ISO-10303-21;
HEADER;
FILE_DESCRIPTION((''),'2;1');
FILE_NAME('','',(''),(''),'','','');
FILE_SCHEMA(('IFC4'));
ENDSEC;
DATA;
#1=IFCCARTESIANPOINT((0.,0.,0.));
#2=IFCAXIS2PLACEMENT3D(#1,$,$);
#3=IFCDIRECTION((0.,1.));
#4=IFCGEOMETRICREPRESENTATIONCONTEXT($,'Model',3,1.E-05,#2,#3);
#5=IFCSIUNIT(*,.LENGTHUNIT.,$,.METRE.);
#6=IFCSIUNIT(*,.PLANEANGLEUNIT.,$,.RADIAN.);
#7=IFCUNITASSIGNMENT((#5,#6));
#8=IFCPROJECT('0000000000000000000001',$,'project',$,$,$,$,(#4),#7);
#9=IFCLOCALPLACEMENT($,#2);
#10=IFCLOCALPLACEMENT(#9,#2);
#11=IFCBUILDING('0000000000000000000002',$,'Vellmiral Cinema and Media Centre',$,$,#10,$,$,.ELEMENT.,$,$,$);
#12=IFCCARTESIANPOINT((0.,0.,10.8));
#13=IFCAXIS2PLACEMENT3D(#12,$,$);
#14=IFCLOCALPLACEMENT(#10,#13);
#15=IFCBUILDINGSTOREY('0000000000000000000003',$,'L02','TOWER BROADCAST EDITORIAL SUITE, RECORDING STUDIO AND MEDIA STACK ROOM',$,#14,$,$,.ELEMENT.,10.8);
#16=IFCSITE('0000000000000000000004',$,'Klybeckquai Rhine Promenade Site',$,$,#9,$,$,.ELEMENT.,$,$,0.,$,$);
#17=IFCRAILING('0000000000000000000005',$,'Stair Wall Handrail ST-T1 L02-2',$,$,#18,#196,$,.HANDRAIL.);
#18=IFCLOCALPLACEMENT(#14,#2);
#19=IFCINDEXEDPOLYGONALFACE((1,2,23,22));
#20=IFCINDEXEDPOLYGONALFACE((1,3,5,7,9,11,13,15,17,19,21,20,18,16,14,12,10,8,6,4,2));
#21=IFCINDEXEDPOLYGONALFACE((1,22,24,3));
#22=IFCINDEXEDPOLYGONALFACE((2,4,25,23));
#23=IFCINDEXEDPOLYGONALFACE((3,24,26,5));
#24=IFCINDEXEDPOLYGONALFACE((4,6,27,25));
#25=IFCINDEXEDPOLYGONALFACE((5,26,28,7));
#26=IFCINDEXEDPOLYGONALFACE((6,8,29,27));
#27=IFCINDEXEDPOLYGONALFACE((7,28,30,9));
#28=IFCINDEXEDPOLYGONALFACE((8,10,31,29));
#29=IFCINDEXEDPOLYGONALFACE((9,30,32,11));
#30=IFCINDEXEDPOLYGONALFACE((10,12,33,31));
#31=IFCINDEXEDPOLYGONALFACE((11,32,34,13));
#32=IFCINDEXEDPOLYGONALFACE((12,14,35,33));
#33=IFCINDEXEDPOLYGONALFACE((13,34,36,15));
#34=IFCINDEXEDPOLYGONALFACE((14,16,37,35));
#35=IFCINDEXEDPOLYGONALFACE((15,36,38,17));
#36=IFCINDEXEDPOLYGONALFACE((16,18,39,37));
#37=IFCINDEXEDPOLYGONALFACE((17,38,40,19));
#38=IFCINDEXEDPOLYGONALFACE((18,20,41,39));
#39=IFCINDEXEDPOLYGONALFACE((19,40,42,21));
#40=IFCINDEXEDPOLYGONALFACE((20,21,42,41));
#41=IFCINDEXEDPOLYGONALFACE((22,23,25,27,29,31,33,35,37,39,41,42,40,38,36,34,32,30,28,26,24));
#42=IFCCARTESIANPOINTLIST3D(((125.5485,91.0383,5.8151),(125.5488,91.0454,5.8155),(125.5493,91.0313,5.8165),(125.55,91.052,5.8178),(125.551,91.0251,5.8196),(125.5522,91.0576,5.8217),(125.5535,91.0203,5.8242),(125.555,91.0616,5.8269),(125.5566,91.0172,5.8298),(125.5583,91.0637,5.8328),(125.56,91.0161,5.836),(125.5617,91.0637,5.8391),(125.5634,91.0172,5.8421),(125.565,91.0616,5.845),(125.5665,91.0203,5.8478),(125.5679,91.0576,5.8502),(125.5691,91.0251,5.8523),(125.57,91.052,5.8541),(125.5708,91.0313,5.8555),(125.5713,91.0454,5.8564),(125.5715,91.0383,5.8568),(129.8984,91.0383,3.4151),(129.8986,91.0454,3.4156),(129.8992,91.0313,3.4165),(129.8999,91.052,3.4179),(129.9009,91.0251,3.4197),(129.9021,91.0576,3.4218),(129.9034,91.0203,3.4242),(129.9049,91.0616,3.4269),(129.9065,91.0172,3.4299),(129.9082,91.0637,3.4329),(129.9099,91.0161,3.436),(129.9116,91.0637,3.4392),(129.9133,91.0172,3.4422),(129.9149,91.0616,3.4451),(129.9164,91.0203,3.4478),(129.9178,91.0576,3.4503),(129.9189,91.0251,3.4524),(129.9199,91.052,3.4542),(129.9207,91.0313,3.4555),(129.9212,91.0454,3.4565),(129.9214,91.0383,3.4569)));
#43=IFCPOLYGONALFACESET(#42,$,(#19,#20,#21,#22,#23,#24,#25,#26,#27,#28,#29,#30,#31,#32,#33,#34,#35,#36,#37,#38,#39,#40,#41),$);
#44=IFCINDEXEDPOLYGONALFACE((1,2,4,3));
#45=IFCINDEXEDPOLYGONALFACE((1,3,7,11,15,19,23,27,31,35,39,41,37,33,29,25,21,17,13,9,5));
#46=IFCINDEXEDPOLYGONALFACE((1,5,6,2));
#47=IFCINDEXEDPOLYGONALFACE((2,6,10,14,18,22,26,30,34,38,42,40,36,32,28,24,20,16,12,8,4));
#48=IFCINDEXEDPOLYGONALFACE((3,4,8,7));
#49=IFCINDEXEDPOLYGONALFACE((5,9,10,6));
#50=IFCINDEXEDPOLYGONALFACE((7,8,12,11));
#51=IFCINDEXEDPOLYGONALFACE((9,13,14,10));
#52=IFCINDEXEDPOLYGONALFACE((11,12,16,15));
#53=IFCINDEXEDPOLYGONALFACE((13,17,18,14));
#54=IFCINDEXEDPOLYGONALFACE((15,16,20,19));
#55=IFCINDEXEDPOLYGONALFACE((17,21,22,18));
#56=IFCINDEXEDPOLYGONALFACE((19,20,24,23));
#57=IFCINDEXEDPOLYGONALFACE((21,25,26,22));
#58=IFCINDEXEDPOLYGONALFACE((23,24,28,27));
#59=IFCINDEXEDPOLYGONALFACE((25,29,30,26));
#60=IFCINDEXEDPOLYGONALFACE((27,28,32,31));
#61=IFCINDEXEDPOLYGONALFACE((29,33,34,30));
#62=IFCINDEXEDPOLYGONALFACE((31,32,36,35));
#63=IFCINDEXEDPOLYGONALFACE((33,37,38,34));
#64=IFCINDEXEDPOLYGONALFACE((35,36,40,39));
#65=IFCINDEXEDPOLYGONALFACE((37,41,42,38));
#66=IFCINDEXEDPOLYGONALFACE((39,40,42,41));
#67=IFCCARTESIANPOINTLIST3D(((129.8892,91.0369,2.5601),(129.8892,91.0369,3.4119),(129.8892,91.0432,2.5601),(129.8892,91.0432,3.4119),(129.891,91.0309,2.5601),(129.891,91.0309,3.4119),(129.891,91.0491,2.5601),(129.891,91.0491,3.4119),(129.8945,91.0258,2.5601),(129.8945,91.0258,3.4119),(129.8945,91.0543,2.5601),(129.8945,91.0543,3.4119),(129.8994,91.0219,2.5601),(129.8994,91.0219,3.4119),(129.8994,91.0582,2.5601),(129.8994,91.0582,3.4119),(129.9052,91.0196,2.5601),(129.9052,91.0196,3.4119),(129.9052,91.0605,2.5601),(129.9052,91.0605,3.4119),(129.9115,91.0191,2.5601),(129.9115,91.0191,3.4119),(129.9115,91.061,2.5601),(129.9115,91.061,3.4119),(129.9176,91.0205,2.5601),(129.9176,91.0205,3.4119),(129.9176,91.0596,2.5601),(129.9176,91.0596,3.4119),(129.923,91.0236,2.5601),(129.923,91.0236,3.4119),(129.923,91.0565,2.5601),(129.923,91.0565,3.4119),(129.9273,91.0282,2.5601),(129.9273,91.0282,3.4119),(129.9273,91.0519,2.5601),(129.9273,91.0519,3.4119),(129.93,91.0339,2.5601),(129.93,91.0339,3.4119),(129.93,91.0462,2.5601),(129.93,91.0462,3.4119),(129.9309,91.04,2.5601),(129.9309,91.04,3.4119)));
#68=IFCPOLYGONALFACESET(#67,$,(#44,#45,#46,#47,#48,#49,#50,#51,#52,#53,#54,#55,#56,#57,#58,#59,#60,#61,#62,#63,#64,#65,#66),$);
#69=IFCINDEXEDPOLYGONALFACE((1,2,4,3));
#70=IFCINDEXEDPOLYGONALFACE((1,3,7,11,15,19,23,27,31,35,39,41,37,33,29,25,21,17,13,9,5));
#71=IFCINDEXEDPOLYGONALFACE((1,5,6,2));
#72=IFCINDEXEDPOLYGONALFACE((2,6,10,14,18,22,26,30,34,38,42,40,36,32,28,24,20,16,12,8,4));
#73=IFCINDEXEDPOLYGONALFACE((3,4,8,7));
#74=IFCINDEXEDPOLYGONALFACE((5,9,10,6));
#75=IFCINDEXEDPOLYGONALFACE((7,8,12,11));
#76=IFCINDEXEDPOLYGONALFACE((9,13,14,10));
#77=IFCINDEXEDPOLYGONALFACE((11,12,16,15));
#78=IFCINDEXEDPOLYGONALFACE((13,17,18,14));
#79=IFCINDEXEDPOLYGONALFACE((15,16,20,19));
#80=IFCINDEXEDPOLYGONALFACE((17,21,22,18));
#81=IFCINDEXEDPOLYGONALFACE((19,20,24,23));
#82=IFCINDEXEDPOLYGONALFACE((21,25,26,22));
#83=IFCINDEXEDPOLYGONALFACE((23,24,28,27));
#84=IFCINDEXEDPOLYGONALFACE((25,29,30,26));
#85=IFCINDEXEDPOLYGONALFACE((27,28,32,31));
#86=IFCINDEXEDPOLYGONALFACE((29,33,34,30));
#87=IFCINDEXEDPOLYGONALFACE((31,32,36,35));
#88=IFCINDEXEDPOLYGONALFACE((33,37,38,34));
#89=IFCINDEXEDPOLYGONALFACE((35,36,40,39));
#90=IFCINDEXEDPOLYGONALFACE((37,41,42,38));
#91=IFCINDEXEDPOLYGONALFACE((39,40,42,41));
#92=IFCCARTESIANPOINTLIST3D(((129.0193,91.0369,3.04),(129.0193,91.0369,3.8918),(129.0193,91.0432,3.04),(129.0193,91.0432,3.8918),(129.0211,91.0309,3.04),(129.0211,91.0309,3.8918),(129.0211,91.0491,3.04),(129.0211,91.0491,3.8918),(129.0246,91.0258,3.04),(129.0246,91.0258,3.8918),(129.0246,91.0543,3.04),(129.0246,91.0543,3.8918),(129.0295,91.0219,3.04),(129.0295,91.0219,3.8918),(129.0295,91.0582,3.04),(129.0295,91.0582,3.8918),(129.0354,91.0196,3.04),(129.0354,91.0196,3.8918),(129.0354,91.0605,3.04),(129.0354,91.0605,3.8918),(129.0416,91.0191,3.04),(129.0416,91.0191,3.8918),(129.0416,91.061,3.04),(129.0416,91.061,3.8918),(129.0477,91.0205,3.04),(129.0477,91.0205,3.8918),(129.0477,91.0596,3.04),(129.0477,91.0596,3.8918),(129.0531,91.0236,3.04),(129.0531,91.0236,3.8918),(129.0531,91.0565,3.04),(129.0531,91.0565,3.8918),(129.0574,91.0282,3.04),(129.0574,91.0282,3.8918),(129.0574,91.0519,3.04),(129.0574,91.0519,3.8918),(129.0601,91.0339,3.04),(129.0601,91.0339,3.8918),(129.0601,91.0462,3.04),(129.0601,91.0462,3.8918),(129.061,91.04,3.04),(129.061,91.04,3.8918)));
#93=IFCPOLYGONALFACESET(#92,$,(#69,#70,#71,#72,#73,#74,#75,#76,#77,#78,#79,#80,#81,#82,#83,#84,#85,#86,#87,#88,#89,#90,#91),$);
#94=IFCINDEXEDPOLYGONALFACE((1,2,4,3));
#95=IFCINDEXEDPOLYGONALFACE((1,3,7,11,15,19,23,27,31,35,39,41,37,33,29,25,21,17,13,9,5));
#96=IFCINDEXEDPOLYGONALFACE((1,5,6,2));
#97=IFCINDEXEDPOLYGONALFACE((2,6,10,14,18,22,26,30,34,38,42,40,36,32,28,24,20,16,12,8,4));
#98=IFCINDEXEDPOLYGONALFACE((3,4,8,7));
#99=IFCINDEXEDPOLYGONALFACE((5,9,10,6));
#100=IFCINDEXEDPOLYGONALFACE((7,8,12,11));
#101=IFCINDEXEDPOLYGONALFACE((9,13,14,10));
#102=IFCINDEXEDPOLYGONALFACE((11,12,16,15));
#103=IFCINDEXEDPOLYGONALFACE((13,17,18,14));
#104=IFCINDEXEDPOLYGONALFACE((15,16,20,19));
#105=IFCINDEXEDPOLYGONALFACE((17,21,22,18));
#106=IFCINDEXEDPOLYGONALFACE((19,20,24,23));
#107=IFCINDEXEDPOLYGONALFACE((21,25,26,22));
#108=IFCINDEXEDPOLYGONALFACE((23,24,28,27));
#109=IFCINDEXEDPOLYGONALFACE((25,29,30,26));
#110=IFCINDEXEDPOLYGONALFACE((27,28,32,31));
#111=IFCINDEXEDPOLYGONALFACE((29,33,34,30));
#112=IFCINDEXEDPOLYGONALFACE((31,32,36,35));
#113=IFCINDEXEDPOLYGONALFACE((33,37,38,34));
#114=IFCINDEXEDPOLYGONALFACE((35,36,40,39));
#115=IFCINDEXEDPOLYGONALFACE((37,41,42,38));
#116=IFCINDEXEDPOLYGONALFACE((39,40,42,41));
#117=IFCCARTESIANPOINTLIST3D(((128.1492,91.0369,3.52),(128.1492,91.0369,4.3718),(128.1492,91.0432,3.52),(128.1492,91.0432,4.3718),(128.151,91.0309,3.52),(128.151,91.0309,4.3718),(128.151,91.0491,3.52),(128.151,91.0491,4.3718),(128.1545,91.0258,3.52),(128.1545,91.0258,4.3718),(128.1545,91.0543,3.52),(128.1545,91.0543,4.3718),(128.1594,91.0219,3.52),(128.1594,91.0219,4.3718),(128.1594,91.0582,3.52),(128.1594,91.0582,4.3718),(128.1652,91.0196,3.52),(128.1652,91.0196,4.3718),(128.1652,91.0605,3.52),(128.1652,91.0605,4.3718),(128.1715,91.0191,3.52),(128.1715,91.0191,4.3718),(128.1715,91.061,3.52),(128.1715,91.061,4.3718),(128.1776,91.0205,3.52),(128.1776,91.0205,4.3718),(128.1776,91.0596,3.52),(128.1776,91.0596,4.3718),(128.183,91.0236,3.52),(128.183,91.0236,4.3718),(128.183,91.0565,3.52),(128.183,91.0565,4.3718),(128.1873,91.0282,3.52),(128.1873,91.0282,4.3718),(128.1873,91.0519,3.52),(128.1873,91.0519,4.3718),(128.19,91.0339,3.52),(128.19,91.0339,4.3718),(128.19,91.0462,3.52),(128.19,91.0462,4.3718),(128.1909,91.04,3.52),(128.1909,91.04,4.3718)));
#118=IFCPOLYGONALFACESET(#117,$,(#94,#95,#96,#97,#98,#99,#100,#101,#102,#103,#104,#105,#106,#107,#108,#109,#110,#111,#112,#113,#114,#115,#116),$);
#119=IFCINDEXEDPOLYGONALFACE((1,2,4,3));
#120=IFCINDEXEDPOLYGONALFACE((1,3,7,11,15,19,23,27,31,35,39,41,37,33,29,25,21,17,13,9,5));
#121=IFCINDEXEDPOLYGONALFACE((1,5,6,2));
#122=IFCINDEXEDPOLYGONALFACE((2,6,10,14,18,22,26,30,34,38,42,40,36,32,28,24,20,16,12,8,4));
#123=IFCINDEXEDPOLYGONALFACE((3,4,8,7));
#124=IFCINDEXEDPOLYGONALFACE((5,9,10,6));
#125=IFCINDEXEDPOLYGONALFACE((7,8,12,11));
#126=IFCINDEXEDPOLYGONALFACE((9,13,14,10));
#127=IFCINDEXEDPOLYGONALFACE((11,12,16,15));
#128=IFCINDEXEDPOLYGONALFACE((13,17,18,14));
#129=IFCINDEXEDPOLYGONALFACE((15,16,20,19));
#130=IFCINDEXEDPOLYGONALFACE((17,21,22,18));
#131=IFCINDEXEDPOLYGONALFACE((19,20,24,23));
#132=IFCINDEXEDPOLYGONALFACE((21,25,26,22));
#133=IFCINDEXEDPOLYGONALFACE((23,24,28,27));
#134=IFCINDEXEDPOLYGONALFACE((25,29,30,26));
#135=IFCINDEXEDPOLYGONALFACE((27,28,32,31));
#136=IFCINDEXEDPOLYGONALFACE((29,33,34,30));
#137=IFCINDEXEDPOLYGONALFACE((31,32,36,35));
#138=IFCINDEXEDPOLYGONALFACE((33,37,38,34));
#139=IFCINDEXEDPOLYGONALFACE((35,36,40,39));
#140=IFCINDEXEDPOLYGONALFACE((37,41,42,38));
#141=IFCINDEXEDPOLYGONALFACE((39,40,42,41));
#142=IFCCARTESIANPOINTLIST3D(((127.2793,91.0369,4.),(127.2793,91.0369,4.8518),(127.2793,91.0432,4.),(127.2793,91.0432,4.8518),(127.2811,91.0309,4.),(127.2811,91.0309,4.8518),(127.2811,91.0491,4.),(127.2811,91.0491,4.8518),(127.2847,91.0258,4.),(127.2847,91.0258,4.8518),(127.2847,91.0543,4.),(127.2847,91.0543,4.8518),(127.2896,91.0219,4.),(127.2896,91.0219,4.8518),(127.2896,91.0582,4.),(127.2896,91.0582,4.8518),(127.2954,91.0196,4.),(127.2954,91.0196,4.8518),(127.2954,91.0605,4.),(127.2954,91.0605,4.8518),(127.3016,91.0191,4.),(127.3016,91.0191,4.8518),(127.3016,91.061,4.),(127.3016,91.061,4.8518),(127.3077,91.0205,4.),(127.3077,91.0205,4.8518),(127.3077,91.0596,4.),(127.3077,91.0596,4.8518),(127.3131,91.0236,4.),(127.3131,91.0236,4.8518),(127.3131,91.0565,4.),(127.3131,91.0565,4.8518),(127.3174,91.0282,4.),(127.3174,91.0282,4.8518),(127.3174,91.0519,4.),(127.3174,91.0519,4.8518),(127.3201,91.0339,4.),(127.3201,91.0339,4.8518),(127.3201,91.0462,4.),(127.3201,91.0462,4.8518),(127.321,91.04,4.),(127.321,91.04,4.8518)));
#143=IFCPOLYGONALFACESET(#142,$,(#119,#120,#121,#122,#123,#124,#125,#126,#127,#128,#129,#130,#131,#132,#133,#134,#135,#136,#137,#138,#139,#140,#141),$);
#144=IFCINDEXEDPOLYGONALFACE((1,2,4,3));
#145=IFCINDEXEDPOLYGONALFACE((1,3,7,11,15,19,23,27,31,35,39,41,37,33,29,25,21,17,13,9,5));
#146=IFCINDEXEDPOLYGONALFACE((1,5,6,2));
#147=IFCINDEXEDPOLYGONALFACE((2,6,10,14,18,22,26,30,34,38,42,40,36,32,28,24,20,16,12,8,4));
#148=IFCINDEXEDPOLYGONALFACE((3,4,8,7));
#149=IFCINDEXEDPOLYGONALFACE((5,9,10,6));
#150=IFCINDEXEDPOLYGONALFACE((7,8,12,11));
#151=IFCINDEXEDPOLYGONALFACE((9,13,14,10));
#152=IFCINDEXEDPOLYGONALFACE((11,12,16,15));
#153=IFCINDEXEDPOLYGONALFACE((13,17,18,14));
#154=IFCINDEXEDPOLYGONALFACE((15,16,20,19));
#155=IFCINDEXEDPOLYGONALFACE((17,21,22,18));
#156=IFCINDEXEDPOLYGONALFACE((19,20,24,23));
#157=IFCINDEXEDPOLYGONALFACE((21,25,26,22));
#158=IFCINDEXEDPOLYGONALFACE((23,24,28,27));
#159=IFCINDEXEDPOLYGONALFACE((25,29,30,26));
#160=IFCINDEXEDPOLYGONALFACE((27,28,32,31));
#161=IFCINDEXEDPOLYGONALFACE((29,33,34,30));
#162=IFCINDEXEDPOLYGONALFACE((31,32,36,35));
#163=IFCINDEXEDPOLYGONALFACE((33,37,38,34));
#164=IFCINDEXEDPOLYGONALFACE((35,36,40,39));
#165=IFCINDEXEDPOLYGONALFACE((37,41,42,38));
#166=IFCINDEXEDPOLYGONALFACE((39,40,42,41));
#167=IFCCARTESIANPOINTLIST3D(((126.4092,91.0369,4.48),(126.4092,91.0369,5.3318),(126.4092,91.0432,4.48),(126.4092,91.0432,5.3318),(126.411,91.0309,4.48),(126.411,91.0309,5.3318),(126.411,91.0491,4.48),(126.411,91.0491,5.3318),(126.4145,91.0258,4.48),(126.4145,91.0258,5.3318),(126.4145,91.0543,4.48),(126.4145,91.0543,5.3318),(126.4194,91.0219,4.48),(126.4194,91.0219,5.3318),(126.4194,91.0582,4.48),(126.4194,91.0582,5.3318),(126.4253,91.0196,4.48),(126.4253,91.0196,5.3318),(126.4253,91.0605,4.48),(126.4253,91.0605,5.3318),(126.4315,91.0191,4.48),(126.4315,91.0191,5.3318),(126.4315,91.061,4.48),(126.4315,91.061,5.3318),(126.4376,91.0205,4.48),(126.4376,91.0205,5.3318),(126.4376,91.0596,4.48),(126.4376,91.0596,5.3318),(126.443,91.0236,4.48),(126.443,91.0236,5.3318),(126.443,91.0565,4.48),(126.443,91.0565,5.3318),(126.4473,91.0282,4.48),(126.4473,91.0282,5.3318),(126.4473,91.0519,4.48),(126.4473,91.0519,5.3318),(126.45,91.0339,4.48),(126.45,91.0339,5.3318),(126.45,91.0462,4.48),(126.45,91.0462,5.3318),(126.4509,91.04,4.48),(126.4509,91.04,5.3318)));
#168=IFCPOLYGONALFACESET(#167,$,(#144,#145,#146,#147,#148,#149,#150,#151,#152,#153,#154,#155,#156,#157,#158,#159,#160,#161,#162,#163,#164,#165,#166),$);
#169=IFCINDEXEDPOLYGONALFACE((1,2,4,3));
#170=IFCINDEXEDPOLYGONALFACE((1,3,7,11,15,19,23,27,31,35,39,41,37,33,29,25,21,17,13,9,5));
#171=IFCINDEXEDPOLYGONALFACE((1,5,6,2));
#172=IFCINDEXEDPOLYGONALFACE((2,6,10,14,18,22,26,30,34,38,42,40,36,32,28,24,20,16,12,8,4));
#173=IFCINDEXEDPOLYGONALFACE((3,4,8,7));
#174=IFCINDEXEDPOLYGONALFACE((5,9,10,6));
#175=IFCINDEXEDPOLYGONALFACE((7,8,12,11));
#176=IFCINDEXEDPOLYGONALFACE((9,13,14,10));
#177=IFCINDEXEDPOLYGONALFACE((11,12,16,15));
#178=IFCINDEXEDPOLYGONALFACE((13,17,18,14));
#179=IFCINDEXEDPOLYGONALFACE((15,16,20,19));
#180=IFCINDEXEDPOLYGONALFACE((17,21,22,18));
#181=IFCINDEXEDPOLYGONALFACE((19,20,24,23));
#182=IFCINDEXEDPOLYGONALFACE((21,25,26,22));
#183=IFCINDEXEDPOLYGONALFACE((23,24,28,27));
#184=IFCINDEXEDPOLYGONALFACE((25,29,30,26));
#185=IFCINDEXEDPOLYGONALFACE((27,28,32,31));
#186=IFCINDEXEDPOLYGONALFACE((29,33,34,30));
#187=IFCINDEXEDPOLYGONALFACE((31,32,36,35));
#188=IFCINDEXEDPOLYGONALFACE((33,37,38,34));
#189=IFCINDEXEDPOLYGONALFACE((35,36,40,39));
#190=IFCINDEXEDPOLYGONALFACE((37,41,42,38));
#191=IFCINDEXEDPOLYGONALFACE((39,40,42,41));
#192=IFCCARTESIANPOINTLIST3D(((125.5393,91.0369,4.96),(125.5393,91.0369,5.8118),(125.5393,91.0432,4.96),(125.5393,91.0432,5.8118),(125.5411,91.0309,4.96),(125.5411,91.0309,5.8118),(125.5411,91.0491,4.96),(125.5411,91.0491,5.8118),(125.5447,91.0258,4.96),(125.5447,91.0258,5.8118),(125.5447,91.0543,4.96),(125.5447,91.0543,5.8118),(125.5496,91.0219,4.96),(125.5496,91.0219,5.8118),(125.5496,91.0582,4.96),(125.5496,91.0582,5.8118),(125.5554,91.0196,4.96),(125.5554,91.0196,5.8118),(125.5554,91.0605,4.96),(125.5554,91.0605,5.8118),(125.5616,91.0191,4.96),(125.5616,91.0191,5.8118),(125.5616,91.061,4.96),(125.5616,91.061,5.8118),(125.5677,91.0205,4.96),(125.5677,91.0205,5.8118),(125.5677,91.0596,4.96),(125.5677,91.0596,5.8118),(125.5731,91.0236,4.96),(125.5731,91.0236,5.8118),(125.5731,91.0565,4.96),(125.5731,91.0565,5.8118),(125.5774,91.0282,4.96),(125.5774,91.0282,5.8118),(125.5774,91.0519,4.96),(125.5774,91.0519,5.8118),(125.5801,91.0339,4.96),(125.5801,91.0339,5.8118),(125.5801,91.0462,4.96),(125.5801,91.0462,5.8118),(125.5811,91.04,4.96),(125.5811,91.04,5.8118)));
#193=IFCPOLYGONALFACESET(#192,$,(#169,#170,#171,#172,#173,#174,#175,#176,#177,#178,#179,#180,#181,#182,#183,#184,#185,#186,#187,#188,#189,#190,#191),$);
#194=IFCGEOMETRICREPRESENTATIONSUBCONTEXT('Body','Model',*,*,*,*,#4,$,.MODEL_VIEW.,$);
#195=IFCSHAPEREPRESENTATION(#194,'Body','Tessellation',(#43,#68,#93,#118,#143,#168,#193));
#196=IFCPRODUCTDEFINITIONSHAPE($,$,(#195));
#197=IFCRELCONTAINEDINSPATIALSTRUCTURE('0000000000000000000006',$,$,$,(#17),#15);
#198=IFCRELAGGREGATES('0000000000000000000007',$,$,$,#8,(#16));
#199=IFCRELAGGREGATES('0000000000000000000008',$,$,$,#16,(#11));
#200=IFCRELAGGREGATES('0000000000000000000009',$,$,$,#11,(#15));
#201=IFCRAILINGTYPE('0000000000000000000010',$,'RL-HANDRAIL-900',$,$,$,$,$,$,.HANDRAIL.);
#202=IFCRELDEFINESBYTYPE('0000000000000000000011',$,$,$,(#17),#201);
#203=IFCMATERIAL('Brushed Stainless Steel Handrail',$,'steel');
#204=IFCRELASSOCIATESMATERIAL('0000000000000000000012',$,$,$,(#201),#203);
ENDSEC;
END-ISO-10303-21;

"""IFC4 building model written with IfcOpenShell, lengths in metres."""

from ifc_helpers import new_model, si_unit, direction, frame, origin, origin_2d, place, context, subcontext, project, spatial, circle, extrude, material, type_object, element, save


model = new_model("IFC4")

# Units and contexts
model_context = context("Model", 3, precision=1e-05, world=origin(), true_north=direction((0.0, 1.0)))
body_context = subcontext(model_context, "Body", "Model", "MODEL_VIEW")
ifc_project = project(units=[si_unit("LENGTHUNIT", "METRE"), si_unit("PLANEANGLEUNIT", "RADIAN")], contexts=[model_context])

# Site, building, storey
site_placement = place(None, origin())
site = spatial("IfcSite", under=ifc_project, at=site_placement, Name="Klybeckquai Rhine Promenade Site", CompositionType="ELEMENT", RefElevation=0.0)
building_placement = place(site_placement, origin())
building = spatial("IfcBuilding", under=site, at=building_placement, Name="Vellmiral Cinema and Media Centre", CompositionType="ELEMENT")
storey_placement = place(building_placement, frame((0.0, 0.0, 10.8)))
storey = spatial("IfcBuildingStorey", under=building, at=storey_placement, Name="L02", Description="TOWER BROADCAST EDITORIAL SUITE, RECORDING STUDIO AND MEDIA STACK ROOM", CompositionType="ELEMENT", Elevation=10.8)

# Railing
ifc_material_1 = material(Name="Brushed Stainless Steel Handrail", Category="steel")
railing_type = type_object("IfcRailingType", Name="RL-HANDRAIL-900", PredefinedType="HANDRAIL", material=ifc_material_1)
railing_placement = place(storey_placement, frame((129.9099, 91.04, 2.5601)))
element("IfcRailing", 1, at=railing_placement, inside=storey, type_object=railing_type, Name="Stair Wall Handrail ST-T1 L02-2", PredefinedType="HANDRAIL", context=body_context, shape_type="SweptSolid", body=[
    extrude(circle(Radius=0.0239, at=origin_2d()), frame((0.0, 0.0, 0.876), z_axis=(-0.875579, 0.0, 0.483075), x_axis=(0.0, -1.0, 0.0)), (0.0, 0.0, 1.0), 4.968),
    extrude(circle(Radius=0.021, at=origin_2d()), origin(), (0.0, 0.0, 1.0), 0.8518),
    extrude(circle(Radius=0.021, at=origin_2d()), frame((-0.8699, 0.0, 0.48)), (0.0, 0.0, 1.0), 0.8518),
    extrude(circle(Radius=0.021, at=origin_2d()), frame((-1.74, 0.0, 0.96)), (0.0, 0.0, 1.0), 0.8518),
    extrude(circle(Radius=0.021, at=origin_2d()), frame((-2.6099, 0.0, 1.4399)), (0.0, 0.0, 1.0), 0.8518),
    extrude(circle(Radius=0.021, at=origin_2d()), frame((-3.48, 0.0, 1.9199)), (0.0, 0.0, 1.0), 0.8518),
    extrude(circle(Radius=0.021, at=origin_2d()), frame((-4.3499, 0.0, 2.3999)), (0.0, 0.0, 1.0), 0.8518),
])

save(model, "model.ifc")
